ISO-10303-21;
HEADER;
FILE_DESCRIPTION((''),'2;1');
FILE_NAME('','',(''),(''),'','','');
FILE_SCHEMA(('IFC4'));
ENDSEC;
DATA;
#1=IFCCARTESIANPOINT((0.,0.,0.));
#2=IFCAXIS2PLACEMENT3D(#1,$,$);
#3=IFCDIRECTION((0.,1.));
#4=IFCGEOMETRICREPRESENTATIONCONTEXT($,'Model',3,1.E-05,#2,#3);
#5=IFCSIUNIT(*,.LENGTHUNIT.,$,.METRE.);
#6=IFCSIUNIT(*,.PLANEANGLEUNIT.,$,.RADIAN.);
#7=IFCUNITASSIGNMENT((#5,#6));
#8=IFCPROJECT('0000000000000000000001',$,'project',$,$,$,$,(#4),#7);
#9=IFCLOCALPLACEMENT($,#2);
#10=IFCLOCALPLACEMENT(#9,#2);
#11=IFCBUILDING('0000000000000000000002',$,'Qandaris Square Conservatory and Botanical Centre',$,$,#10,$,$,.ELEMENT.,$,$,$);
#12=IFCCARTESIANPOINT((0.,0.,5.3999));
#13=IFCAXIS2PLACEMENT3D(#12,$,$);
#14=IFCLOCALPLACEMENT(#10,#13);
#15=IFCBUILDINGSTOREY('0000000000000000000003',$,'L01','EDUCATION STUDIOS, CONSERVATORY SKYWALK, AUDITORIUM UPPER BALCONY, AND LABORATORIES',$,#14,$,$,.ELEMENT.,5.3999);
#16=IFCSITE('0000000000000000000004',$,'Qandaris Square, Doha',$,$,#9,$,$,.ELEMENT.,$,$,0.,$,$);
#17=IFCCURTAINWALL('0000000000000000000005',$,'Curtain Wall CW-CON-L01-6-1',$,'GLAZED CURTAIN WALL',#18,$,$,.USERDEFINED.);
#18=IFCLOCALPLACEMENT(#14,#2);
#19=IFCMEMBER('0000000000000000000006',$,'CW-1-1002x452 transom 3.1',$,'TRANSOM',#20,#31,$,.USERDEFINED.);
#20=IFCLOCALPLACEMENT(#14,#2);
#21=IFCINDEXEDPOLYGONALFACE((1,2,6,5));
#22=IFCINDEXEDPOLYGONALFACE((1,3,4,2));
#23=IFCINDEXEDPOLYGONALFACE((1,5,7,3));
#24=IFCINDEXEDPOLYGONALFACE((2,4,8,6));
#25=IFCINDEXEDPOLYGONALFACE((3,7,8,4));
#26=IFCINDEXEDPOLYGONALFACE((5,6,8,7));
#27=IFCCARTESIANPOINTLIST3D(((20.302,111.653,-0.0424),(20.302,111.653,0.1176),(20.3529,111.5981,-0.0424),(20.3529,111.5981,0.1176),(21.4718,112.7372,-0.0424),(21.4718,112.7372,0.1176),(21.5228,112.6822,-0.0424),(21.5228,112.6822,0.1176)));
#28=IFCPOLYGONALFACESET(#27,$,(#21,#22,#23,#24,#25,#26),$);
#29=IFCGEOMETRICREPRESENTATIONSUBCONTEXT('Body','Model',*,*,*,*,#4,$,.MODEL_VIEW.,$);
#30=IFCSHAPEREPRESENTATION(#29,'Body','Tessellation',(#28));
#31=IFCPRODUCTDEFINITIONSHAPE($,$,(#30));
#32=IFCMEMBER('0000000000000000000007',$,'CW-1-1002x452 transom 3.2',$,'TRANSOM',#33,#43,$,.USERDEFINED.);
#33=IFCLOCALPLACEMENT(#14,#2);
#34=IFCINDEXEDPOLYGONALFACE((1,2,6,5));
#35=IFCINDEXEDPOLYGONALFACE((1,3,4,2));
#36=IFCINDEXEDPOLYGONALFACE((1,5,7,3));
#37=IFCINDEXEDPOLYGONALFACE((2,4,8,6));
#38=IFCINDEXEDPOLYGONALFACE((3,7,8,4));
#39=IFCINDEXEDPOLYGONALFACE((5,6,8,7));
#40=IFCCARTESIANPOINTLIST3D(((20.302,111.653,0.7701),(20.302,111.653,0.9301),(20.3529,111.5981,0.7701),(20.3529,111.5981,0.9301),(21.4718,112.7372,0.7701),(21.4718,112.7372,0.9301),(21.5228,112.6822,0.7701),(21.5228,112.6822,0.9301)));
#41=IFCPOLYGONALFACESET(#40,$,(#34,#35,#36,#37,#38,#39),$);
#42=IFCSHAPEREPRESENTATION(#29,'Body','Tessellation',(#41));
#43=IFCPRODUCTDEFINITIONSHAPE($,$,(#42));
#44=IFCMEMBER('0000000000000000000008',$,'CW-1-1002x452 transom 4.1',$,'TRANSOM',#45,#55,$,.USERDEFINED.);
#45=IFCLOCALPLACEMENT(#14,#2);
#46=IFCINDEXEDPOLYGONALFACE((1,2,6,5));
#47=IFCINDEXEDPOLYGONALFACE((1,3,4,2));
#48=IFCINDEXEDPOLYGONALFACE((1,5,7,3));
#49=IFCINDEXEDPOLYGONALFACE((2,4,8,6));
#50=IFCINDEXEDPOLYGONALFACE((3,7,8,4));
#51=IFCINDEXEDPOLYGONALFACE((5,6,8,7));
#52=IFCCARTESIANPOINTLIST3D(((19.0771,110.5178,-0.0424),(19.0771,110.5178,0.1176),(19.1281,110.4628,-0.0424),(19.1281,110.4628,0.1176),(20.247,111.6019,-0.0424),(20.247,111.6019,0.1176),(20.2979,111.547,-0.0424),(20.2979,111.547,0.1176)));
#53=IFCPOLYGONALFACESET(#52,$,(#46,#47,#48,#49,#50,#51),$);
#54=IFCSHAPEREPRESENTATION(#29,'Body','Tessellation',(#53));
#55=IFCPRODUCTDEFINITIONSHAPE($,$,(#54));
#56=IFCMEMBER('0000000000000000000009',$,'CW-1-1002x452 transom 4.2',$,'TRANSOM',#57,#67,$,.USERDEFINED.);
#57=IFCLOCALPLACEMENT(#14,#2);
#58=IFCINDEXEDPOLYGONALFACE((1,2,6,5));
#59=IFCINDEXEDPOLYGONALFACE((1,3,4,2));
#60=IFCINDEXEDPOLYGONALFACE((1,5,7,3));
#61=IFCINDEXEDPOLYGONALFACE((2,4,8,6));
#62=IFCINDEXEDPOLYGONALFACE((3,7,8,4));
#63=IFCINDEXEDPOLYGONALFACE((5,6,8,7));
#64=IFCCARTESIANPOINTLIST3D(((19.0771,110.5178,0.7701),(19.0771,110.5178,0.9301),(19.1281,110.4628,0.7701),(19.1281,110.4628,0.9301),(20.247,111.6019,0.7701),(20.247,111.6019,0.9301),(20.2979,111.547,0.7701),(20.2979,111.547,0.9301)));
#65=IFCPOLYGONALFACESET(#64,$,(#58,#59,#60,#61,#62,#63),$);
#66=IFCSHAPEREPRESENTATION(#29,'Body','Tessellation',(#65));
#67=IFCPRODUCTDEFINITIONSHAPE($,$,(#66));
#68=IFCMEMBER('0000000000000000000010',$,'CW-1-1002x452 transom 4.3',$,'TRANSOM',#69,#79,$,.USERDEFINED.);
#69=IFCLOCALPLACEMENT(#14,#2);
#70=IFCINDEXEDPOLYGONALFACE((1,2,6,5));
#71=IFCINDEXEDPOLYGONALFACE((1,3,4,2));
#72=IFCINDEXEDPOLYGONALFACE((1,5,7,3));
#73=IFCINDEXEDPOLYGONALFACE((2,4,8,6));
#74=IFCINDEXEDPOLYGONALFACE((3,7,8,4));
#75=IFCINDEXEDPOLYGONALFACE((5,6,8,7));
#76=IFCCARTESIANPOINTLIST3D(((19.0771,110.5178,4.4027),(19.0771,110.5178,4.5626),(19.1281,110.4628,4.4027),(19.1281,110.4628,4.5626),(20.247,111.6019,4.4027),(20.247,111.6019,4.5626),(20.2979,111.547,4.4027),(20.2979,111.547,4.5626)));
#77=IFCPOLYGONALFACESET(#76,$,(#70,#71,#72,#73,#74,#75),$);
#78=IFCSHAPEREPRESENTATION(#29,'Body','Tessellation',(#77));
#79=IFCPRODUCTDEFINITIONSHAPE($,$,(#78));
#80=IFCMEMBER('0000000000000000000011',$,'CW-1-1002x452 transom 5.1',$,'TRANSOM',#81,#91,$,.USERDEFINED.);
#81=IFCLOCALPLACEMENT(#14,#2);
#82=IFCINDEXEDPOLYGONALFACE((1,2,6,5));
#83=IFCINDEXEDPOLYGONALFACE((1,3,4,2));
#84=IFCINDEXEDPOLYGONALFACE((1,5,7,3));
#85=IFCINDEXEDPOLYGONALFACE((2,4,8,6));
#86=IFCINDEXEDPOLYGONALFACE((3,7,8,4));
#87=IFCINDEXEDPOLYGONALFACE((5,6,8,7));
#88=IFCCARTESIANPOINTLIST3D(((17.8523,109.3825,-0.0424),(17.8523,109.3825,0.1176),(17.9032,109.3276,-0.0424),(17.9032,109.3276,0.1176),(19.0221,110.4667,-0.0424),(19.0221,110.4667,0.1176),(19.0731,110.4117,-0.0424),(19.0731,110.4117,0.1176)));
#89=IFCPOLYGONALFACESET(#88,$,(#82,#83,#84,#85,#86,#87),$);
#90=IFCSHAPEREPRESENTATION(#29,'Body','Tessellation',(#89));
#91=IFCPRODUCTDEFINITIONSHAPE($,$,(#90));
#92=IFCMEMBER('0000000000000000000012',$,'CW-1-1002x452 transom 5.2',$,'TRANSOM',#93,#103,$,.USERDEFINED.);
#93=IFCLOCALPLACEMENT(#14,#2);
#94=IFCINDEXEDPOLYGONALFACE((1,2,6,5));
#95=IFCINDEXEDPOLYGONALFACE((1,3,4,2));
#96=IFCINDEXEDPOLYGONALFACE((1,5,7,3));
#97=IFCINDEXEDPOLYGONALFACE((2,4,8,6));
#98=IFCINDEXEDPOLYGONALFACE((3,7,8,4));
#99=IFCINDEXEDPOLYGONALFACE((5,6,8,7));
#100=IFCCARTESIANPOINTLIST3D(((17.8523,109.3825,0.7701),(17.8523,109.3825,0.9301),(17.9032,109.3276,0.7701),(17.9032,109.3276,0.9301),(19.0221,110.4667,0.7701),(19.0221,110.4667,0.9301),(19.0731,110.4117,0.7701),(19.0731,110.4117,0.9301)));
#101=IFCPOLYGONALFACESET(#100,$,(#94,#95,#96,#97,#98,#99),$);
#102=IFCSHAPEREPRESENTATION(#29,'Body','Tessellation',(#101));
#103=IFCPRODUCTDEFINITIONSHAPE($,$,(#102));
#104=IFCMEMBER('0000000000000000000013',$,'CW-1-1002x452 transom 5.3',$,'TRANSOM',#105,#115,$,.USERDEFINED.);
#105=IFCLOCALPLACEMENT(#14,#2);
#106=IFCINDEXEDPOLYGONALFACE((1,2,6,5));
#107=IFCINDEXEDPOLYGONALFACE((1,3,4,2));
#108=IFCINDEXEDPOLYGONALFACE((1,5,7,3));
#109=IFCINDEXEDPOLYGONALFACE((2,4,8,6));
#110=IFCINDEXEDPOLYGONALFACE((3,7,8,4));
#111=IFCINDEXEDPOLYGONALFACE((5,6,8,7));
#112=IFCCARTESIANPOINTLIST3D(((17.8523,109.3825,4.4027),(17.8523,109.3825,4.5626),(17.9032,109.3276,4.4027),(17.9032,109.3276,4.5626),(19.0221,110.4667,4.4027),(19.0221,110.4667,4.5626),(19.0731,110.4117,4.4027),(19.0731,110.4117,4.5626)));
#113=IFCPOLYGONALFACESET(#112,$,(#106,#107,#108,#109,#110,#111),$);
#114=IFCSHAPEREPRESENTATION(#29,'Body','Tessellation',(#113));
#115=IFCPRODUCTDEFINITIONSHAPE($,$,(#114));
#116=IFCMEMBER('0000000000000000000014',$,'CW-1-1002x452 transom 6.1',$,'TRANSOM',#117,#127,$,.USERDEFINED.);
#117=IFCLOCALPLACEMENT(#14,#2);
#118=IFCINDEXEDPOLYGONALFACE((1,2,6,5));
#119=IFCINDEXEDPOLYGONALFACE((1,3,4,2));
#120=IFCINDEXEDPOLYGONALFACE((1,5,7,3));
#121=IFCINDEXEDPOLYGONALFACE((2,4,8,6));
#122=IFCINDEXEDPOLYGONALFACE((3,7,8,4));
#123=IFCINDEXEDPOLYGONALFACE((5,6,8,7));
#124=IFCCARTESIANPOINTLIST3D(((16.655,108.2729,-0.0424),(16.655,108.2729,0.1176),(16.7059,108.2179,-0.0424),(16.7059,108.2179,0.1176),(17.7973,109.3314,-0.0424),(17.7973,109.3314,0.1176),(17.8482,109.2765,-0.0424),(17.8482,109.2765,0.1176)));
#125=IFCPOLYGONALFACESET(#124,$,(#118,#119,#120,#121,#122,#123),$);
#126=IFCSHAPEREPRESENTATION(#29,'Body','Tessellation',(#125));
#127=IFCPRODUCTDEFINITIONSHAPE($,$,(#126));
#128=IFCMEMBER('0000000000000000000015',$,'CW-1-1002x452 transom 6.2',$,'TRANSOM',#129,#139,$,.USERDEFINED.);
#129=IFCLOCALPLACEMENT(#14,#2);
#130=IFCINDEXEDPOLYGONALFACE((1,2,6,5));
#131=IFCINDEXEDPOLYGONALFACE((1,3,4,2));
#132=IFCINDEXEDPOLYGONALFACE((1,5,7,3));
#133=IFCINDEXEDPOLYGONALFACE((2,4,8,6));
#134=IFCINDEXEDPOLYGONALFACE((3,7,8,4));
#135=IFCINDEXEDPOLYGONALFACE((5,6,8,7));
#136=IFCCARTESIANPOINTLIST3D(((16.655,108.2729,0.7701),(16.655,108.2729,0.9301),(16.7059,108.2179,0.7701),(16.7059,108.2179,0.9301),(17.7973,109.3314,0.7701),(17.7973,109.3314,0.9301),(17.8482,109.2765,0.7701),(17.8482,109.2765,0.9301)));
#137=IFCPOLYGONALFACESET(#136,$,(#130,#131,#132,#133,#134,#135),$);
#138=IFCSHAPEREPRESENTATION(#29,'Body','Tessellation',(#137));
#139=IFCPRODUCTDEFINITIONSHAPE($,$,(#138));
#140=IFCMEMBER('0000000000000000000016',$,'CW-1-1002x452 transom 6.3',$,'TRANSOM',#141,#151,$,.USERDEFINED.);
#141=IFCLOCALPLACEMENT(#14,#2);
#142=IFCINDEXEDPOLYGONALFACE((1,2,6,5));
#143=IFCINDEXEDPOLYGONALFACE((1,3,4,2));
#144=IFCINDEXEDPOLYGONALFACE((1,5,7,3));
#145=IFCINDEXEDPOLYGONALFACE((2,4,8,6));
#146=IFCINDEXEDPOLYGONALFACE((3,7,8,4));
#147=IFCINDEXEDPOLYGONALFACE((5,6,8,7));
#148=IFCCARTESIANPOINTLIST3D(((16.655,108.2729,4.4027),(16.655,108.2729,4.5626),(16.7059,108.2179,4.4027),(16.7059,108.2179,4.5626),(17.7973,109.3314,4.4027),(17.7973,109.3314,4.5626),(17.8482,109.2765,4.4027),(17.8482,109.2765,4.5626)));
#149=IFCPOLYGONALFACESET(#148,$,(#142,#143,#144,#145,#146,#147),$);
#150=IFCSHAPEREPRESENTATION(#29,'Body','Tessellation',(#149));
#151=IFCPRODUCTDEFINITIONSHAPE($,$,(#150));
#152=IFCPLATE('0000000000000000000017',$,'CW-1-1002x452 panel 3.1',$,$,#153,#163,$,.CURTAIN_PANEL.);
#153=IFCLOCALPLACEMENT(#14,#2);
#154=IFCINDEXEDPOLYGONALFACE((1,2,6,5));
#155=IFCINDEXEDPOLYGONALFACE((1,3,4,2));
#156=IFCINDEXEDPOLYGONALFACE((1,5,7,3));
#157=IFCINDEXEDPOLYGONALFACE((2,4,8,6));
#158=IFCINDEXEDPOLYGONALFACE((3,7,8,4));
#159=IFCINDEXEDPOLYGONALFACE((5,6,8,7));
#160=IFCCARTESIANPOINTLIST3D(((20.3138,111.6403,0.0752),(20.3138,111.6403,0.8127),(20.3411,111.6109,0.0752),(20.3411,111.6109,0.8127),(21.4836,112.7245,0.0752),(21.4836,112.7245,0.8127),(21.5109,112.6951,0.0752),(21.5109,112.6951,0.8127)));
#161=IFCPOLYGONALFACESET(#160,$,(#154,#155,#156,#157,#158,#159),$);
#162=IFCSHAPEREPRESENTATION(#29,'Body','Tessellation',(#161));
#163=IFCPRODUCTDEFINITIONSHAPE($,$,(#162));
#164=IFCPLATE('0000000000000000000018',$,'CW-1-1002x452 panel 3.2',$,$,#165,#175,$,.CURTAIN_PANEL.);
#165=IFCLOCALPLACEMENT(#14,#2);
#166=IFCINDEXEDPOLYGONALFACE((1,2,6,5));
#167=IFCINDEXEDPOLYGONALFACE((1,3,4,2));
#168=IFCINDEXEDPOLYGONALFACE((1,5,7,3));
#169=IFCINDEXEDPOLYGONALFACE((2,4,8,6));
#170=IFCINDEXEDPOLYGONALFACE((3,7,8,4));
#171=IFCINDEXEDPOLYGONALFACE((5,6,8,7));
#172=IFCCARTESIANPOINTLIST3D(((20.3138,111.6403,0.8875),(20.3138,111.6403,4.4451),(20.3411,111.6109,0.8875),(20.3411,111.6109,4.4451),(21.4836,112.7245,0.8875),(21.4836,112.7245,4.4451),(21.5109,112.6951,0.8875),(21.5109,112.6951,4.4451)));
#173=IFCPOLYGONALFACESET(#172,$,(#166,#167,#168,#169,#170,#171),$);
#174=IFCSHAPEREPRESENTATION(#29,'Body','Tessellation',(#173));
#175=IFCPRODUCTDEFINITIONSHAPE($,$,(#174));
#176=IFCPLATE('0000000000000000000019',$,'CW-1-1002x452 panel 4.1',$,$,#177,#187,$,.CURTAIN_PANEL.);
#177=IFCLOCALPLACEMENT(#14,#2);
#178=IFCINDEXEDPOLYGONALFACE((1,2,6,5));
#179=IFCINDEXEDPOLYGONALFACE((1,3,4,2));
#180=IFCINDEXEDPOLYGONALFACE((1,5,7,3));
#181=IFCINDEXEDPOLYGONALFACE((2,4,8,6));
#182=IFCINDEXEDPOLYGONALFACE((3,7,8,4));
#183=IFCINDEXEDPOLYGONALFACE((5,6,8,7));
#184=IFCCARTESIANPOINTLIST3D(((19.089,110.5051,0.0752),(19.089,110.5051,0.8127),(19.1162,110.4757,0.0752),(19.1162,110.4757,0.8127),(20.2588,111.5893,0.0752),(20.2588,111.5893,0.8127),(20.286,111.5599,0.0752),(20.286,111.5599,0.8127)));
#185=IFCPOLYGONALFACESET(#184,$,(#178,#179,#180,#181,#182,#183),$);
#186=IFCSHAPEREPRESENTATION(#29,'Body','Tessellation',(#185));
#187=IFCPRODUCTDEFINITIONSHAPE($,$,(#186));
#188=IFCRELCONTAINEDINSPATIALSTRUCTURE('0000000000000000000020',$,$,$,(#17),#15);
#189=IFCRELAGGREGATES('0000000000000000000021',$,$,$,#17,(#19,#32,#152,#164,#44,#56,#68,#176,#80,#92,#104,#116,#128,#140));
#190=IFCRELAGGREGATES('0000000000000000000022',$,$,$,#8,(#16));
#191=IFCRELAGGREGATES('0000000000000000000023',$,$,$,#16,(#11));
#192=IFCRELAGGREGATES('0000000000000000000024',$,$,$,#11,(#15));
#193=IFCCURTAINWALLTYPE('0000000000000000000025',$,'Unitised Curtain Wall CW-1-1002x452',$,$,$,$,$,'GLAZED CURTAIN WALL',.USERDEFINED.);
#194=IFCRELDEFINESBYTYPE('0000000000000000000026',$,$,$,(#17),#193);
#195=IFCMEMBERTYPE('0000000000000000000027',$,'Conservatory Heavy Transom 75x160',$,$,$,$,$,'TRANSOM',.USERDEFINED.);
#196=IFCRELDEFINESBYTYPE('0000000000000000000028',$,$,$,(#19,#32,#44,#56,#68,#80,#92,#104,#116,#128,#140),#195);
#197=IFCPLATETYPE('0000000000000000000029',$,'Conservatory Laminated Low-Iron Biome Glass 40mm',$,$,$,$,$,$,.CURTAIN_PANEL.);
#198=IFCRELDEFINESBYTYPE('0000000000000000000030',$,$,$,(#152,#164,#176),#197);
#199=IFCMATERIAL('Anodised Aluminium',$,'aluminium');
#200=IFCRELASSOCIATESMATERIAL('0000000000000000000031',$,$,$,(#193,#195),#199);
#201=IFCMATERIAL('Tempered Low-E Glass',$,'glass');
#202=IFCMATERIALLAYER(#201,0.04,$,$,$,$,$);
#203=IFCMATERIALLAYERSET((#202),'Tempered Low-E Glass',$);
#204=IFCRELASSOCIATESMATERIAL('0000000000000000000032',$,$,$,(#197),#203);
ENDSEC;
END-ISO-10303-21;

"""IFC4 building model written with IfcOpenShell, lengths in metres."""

from ifc_helpers import new_model, si_unit, direction, frame, origin, origin_2d, place, context, subcontext, project, spatial, rectangle, extrude, material, layer, layer_set, material_profile, profile_set, type_object, element, aggregate, save


model = new_model("IFC4")

# Units and contexts
model_context = context("Model", 3, precision=1e-05, world=origin(), true_north=direction((0.0, 1.0)))
body_context = subcontext(model_context, "Body", "Model", "MODEL_VIEW")
ifc_project = project(units=[si_unit("LENGTHUNIT", "METRE"), si_unit("PLANEANGLEUNIT", "RADIAN")], contexts=[model_context])

# Site, building, storey
site_placement = place(None, origin())
site = spatial("IfcSite", under=ifc_project, at=site_placement, Name="Qandaris Square, Doha", CompositionType="ELEMENT", RefElevation=0.0)
building_placement = place(site_placement, origin())
building = spatial("IfcBuilding", under=site, at=building_placement, Name="Qandaris Square Conservatory and Botanical Centre", CompositionType="ELEMENT")
storey_placement = place(building_placement, frame((0.0, 0.0, 5.3999)))
storey = spatial("IfcBuildingStorey", under=building, at=storey_placement, Name="L01", Description="EDUCATION STUDIOS, CONSERVATORY SKYWALK, AUDITORIUM UPPER BALCONY, AND LABORATORIES", CompositionType="ELEMENT", Elevation=5.3999)

# Curtain wall, members, plates
ifc_material_1 = material(Name="Anodised Aluminium", Category="aluminium")
curtain_wall_type = type_object("IfcCurtainWallType", Name="Unitised Curtain Wall CW-1-1002x452", ElementType="GLAZED CURTAIN WALL", PredefinedType="USERDEFINED", material=ifc_material_1)
curtain_wall_placement = place(storey_placement, origin())
curtain_wall = element("IfcCurtainWall", 1, at=curtain_wall_placement, inside=storey, type_object=curtain_wall_type, Name="Curtain Wall CW-CON-L01-6-1", ObjectType="GLAZED CURTAIN WALL", PredefinedType="USERDEFINED")
ifc_material_profile_1 = material_profile(ifc_material_1, rectangle(XDim=0.075, YDim=0.1599, at=origin_2d()), Name="ALU-TRN 75x160")
ifc_profile_set_1 = profile_set([ifc_material_profile_1], Name="Anodised Aluminium")
member_type_1 = type_object("IfcMemberType", Name="Conservatory Heavy Transom 75x160", ElementType="TRANSOM", PredefinedType="USERDEFINED", material=ifc_profile_set_1)
member_1_placement = place(storey_placement, frame((21.4973, 112.7097, 0.0376), z_axis=(-0.733458, -0.679735, 0.0), x_axis=(0.679735, -0.733458, 0.0)))
member_1 = element("IfcMember", 2, at=member_1_placement, type_object=member_type_1, Name="CW-1-1002x452 transom 3.1", ObjectType="TRANSOM", PredefinedType="USERDEFINED", context=body_context, shape_type="SweptSolid", body=[
    extrude(rectangle(XDim=0.075, YDim=0.1599, at=origin_2d()), origin(), (0.0, 0.0, 1.0), 1.595),
])
member_2_placement = place(storey_placement, frame((21.4973, 112.7097, 0.8501), z_axis=(-0.733458, -0.679735, 0.0), x_axis=(0.679735, -0.733458, 0.0)))
member_2 = element("IfcMember", 3, at=member_2_placement, type_object=member_type_1, Name="CW-1-1002x452 transom 3.2", ObjectType="TRANSOM", PredefinedType="USERDEFINED", context=body_context, shape_type="SweptSolid", body=[
    extrude(rectangle(XDim=0.075, YDim=0.1599, at=origin_2d()), origin(), (0.0, 0.0, 1.0), 1.595),
])
member_3_placement = place(storey_placement, frame((20.2725, 111.5745, 0.0376), z_axis=(-0.733458, -0.679735, 0.0), x_axis=(0.679735, -0.733458, 0.0)))
member_3 = element("IfcMember", 4, at=member_3_placement, type_object=member_type_1, Name="CW-1-1002x452 transom 4.1", ObjectType="TRANSOM", PredefinedType="USERDEFINED", context=body_context, shape_type="SweptSolid", body=[
    extrude(rectangle(XDim=0.075, YDim=0.1599, at=origin_2d()), origin(), (0.0, 0.0, 1.0), 1.595),
])
member_4_placement = place(storey_placement, frame((20.2725, 111.5745, 0.8501), z_axis=(-0.733458, -0.679735, 0.0), x_axis=(0.679735, -0.733458, 0.0)))
member_4 = element("IfcMember", 5, at=member_4_placement, type_object=member_type_1, Name="CW-1-1002x452 transom 4.2", ObjectType="TRANSOM", PredefinedType="USERDEFINED", context=body_context, shape_type="SweptSolid", body=[
    extrude(rectangle(XDim=0.075, YDim=0.1599, at=origin_2d()), origin(), (0.0, 0.0, 1.0), 1.595),
])
member_5_placement = place(storey_placement, frame((20.2725, 111.5745, 4.4827), z_axis=(-0.733458, -0.679735, 0.0), x_axis=(0.679735, -0.733458, 0.0)))
member_5 = element("IfcMember", 6, at=member_5_placement, type_object=member_type_1, Name="CW-1-1002x452 transom 4.3", ObjectType="TRANSOM", PredefinedType="USERDEFINED", context=body_context, shape_type="SweptSolid", body=[
    extrude(rectangle(XDim=0.075, YDim=0.1599, at=origin_2d()), origin(), (0.0, 0.0, 1.0), 1.595),
])
member_6_placement = place(storey_placement, frame((19.0476, 110.4392, 0.0376), z_axis=(-0.733458, -0.679735, 0.0), x_axis=(0.679735, -0.733458, 0.0)))
member_6 = element("IfcMember", 7, at=member_6_placement, type_object=member_type_1, Name="CW-1-1002x452 transom 5.1", ObjectType="TRANSOM", PredefinedType="USERDEFINED", context=body_context, shape_type="SweptSolid", body=[
    extrude(rectangle(XDim=0.075, YDim=0.1599, at=origin_2d()), origin(), (0.0, 0.0, 1.0), 1.595),
])
member_7_placement = place(storey_placement, frame((19.0476, 110.4392, 0.8501), z_axis=(-0.733458, -0.679735, 0.0), x_axis=(0.679735, -0.733458, 0.0)))
member_7 = element("IfcMember", 8, at=member_7_placement, type_object=member_type_1, Name="CW-1-1002x452 transom 5.2", ObjectType="TRANSOM", PredefinedType="USERDEFINED", context=body_context, shape_type="SweptSolid", body=[
    extrude(rectangle(XDim=0.075, YDim=0.1599, at=origin_2d()), origin(), (0.0, 0.0, 1.0), 1.595),
])
member_8_placement = place(storey_placement, frame((19.0476, 110.4392, 4.4827), z_axis=(-0.733458, -0.679735, 0.0), x_axis=(0.679735, -0.733458, 0.0)))
member_8 = element("IfcMember", 9, at=member_8_placement, type_object=member_type_1, Name="CW-1-1002x452 transom 5.3", ObjectType="TRANSOM", PredefinedType="USERDEFINED", context=body_context, shape_type="SweptSolid", body=[
    extrude(rectangle(XDim=0.075, YDim=0.1599, at=origin_2d()), origin(), (0.0, 0.0, 1.0), 1.595),
])
member_9_placement = place(storey_placement, frame((17.8228, 109.304, 0.0376), z_axis=(-0.73348, -0.679711, 0.0), x_axis=(0.679711, -0.73348, 0.0)))
member_9 = element("IfcMember", 10, at=member_9_placement, type_object=member_type_1, Name="CW-1-1002x452 transom 6.1", ObjectType="TRANSOM", PredefinedType="USERDEFINED", context=body_context, shape_type="SweptSolid", body=[
    extrude(rectangle(XDim=0.075, YDim=0.1599, at=origin_2d()), origin(), (0.0, 0.0, 1.0), 1.5574),
])
member_10_placement = place(storey_placement, frame((17.8228, 109.304, 0.8501), z_axis=(-0.73348, -0.679711, 0.0), x_axis=(0.679711, -0.73348, 0.0)))
member_10 = element("IfcMember", 11, at=member_10_placement, type_object=member_type_1, Name="CW-1-1002x452 transom 6.2", ObjectType="TRANSOM", PredefinedType="USERDEFINED", context=body_context, shape_type="SweptSolid", body=[
    extrude(rectangle(XDim=0.075, YDim=0.1599, at=origin_2d()), origin(), (0.0, 0.0, 1.0), 1.5574),
])
member_11_placement = place(storey_placement, frame((17.8228, 109.304, 4.4827), z_axis=(-0.73348, -0.679711, 0.0), x_axis=(0.679711, -0.73348, 0.0)))
member_11 = element("IfcMember", 12, at=member_11_placement, type_object=member_type_1, Name="CW-1-1002x452 transom 6.3", ObjectType="TRANSOM", PredefinedType="USERDEFINED", context=body_context, shape_type="SweptSolid", body=[
    extrude(rectangle(XDim=0.075, YDim=0.1599, at=origin_2d()), origin(), (0.0, 0.0, 1.0), 1.5574),
])
ifc_material_2 = material(Name="Tempered Low-E Glass", Category="glass")
ifc_layer_1 = layer(ifc_material_2, 0.04)
ifc_layer_set_1 = layer_set([ifc_layer_1], Name="Tempered Low-E Glass")
plate_type_1 = type_object("IfcPlateType", Name="Conservatory Laminated Low-Iron Biome Glass 40mm", PredefinedType="CURTAIN_PANEL", material=ifc_layer_set_1)
plate_1_placement = place(storey_placement, frame((20.9124, 112.1677, 0.0752), z_axis=(0.0, 0.0, 1.0), x_axis=(-0.733433, -0.679762, 0.0)))
plate_1 = element("IfcPlate", 13, at=plate_1_placement, type_object=plate_type_1, Name="CW-1-1002x452 panel 3.1", PredefinedType="CURTAIN_PANEL", context=body_context, shape_type="SweptSolid", body=[
    extrude(rectangle(XDim=1.595, YDim=0.04, at=origin_2d()), origin(), (0.0, 0.0, 1.0), 0.7375),
])
plate_2_placement = place(storey_placement, frame((20.9124, 112.1677, 0.8875), z_axis=(0.0, 0.0, 1.0), x_axis=(-0.733433, -0.679762, 0.0)))
plate_2 = element("IfcPlate", 14, at=plate_2_placement, type_object=plate_type_1, Name="CW-1-1002x452 panel 3.2", PredefinedType="CURTAIN_PANEL", context=body_context, shape_type="SweptSolid", body=[
    extrude(rectangle(XDim=1.595, YDim=0.04, at=origin_2d()), origin(), (0.0, 0.0, 1.0), 3.5576),
])
plate_3_placement = place(storey_placement, frame((19.6875, 111.0325, 0.0752), z_axis=(0.0, 0.0, 1.0), x_axis=(-0.733433, -0.679762, 0.0)))
plate_3 = element("IfcPlate", 15, at=plate_3_placement, type_object=plate_type_1, Name="CW-1-1002x452 panel 4.1", PredefinedType="CURTAIN_PANEL", context=body_context, shape_type="SweptSolid", body=[
    extrude(rectangle(XDim=1.595, YDim=0.04, at=origin_2d()), origin(), (0.0, 0.0, 1.0), 0.7375),
])
aggregate(curtain_wall, [member_1, member_2, plate_1, plate_2, member_3, member_4, member_5, plate_3, member_6, member_7, member_8, member_9, member_10, member_11])

save(model, "model.ifc")
